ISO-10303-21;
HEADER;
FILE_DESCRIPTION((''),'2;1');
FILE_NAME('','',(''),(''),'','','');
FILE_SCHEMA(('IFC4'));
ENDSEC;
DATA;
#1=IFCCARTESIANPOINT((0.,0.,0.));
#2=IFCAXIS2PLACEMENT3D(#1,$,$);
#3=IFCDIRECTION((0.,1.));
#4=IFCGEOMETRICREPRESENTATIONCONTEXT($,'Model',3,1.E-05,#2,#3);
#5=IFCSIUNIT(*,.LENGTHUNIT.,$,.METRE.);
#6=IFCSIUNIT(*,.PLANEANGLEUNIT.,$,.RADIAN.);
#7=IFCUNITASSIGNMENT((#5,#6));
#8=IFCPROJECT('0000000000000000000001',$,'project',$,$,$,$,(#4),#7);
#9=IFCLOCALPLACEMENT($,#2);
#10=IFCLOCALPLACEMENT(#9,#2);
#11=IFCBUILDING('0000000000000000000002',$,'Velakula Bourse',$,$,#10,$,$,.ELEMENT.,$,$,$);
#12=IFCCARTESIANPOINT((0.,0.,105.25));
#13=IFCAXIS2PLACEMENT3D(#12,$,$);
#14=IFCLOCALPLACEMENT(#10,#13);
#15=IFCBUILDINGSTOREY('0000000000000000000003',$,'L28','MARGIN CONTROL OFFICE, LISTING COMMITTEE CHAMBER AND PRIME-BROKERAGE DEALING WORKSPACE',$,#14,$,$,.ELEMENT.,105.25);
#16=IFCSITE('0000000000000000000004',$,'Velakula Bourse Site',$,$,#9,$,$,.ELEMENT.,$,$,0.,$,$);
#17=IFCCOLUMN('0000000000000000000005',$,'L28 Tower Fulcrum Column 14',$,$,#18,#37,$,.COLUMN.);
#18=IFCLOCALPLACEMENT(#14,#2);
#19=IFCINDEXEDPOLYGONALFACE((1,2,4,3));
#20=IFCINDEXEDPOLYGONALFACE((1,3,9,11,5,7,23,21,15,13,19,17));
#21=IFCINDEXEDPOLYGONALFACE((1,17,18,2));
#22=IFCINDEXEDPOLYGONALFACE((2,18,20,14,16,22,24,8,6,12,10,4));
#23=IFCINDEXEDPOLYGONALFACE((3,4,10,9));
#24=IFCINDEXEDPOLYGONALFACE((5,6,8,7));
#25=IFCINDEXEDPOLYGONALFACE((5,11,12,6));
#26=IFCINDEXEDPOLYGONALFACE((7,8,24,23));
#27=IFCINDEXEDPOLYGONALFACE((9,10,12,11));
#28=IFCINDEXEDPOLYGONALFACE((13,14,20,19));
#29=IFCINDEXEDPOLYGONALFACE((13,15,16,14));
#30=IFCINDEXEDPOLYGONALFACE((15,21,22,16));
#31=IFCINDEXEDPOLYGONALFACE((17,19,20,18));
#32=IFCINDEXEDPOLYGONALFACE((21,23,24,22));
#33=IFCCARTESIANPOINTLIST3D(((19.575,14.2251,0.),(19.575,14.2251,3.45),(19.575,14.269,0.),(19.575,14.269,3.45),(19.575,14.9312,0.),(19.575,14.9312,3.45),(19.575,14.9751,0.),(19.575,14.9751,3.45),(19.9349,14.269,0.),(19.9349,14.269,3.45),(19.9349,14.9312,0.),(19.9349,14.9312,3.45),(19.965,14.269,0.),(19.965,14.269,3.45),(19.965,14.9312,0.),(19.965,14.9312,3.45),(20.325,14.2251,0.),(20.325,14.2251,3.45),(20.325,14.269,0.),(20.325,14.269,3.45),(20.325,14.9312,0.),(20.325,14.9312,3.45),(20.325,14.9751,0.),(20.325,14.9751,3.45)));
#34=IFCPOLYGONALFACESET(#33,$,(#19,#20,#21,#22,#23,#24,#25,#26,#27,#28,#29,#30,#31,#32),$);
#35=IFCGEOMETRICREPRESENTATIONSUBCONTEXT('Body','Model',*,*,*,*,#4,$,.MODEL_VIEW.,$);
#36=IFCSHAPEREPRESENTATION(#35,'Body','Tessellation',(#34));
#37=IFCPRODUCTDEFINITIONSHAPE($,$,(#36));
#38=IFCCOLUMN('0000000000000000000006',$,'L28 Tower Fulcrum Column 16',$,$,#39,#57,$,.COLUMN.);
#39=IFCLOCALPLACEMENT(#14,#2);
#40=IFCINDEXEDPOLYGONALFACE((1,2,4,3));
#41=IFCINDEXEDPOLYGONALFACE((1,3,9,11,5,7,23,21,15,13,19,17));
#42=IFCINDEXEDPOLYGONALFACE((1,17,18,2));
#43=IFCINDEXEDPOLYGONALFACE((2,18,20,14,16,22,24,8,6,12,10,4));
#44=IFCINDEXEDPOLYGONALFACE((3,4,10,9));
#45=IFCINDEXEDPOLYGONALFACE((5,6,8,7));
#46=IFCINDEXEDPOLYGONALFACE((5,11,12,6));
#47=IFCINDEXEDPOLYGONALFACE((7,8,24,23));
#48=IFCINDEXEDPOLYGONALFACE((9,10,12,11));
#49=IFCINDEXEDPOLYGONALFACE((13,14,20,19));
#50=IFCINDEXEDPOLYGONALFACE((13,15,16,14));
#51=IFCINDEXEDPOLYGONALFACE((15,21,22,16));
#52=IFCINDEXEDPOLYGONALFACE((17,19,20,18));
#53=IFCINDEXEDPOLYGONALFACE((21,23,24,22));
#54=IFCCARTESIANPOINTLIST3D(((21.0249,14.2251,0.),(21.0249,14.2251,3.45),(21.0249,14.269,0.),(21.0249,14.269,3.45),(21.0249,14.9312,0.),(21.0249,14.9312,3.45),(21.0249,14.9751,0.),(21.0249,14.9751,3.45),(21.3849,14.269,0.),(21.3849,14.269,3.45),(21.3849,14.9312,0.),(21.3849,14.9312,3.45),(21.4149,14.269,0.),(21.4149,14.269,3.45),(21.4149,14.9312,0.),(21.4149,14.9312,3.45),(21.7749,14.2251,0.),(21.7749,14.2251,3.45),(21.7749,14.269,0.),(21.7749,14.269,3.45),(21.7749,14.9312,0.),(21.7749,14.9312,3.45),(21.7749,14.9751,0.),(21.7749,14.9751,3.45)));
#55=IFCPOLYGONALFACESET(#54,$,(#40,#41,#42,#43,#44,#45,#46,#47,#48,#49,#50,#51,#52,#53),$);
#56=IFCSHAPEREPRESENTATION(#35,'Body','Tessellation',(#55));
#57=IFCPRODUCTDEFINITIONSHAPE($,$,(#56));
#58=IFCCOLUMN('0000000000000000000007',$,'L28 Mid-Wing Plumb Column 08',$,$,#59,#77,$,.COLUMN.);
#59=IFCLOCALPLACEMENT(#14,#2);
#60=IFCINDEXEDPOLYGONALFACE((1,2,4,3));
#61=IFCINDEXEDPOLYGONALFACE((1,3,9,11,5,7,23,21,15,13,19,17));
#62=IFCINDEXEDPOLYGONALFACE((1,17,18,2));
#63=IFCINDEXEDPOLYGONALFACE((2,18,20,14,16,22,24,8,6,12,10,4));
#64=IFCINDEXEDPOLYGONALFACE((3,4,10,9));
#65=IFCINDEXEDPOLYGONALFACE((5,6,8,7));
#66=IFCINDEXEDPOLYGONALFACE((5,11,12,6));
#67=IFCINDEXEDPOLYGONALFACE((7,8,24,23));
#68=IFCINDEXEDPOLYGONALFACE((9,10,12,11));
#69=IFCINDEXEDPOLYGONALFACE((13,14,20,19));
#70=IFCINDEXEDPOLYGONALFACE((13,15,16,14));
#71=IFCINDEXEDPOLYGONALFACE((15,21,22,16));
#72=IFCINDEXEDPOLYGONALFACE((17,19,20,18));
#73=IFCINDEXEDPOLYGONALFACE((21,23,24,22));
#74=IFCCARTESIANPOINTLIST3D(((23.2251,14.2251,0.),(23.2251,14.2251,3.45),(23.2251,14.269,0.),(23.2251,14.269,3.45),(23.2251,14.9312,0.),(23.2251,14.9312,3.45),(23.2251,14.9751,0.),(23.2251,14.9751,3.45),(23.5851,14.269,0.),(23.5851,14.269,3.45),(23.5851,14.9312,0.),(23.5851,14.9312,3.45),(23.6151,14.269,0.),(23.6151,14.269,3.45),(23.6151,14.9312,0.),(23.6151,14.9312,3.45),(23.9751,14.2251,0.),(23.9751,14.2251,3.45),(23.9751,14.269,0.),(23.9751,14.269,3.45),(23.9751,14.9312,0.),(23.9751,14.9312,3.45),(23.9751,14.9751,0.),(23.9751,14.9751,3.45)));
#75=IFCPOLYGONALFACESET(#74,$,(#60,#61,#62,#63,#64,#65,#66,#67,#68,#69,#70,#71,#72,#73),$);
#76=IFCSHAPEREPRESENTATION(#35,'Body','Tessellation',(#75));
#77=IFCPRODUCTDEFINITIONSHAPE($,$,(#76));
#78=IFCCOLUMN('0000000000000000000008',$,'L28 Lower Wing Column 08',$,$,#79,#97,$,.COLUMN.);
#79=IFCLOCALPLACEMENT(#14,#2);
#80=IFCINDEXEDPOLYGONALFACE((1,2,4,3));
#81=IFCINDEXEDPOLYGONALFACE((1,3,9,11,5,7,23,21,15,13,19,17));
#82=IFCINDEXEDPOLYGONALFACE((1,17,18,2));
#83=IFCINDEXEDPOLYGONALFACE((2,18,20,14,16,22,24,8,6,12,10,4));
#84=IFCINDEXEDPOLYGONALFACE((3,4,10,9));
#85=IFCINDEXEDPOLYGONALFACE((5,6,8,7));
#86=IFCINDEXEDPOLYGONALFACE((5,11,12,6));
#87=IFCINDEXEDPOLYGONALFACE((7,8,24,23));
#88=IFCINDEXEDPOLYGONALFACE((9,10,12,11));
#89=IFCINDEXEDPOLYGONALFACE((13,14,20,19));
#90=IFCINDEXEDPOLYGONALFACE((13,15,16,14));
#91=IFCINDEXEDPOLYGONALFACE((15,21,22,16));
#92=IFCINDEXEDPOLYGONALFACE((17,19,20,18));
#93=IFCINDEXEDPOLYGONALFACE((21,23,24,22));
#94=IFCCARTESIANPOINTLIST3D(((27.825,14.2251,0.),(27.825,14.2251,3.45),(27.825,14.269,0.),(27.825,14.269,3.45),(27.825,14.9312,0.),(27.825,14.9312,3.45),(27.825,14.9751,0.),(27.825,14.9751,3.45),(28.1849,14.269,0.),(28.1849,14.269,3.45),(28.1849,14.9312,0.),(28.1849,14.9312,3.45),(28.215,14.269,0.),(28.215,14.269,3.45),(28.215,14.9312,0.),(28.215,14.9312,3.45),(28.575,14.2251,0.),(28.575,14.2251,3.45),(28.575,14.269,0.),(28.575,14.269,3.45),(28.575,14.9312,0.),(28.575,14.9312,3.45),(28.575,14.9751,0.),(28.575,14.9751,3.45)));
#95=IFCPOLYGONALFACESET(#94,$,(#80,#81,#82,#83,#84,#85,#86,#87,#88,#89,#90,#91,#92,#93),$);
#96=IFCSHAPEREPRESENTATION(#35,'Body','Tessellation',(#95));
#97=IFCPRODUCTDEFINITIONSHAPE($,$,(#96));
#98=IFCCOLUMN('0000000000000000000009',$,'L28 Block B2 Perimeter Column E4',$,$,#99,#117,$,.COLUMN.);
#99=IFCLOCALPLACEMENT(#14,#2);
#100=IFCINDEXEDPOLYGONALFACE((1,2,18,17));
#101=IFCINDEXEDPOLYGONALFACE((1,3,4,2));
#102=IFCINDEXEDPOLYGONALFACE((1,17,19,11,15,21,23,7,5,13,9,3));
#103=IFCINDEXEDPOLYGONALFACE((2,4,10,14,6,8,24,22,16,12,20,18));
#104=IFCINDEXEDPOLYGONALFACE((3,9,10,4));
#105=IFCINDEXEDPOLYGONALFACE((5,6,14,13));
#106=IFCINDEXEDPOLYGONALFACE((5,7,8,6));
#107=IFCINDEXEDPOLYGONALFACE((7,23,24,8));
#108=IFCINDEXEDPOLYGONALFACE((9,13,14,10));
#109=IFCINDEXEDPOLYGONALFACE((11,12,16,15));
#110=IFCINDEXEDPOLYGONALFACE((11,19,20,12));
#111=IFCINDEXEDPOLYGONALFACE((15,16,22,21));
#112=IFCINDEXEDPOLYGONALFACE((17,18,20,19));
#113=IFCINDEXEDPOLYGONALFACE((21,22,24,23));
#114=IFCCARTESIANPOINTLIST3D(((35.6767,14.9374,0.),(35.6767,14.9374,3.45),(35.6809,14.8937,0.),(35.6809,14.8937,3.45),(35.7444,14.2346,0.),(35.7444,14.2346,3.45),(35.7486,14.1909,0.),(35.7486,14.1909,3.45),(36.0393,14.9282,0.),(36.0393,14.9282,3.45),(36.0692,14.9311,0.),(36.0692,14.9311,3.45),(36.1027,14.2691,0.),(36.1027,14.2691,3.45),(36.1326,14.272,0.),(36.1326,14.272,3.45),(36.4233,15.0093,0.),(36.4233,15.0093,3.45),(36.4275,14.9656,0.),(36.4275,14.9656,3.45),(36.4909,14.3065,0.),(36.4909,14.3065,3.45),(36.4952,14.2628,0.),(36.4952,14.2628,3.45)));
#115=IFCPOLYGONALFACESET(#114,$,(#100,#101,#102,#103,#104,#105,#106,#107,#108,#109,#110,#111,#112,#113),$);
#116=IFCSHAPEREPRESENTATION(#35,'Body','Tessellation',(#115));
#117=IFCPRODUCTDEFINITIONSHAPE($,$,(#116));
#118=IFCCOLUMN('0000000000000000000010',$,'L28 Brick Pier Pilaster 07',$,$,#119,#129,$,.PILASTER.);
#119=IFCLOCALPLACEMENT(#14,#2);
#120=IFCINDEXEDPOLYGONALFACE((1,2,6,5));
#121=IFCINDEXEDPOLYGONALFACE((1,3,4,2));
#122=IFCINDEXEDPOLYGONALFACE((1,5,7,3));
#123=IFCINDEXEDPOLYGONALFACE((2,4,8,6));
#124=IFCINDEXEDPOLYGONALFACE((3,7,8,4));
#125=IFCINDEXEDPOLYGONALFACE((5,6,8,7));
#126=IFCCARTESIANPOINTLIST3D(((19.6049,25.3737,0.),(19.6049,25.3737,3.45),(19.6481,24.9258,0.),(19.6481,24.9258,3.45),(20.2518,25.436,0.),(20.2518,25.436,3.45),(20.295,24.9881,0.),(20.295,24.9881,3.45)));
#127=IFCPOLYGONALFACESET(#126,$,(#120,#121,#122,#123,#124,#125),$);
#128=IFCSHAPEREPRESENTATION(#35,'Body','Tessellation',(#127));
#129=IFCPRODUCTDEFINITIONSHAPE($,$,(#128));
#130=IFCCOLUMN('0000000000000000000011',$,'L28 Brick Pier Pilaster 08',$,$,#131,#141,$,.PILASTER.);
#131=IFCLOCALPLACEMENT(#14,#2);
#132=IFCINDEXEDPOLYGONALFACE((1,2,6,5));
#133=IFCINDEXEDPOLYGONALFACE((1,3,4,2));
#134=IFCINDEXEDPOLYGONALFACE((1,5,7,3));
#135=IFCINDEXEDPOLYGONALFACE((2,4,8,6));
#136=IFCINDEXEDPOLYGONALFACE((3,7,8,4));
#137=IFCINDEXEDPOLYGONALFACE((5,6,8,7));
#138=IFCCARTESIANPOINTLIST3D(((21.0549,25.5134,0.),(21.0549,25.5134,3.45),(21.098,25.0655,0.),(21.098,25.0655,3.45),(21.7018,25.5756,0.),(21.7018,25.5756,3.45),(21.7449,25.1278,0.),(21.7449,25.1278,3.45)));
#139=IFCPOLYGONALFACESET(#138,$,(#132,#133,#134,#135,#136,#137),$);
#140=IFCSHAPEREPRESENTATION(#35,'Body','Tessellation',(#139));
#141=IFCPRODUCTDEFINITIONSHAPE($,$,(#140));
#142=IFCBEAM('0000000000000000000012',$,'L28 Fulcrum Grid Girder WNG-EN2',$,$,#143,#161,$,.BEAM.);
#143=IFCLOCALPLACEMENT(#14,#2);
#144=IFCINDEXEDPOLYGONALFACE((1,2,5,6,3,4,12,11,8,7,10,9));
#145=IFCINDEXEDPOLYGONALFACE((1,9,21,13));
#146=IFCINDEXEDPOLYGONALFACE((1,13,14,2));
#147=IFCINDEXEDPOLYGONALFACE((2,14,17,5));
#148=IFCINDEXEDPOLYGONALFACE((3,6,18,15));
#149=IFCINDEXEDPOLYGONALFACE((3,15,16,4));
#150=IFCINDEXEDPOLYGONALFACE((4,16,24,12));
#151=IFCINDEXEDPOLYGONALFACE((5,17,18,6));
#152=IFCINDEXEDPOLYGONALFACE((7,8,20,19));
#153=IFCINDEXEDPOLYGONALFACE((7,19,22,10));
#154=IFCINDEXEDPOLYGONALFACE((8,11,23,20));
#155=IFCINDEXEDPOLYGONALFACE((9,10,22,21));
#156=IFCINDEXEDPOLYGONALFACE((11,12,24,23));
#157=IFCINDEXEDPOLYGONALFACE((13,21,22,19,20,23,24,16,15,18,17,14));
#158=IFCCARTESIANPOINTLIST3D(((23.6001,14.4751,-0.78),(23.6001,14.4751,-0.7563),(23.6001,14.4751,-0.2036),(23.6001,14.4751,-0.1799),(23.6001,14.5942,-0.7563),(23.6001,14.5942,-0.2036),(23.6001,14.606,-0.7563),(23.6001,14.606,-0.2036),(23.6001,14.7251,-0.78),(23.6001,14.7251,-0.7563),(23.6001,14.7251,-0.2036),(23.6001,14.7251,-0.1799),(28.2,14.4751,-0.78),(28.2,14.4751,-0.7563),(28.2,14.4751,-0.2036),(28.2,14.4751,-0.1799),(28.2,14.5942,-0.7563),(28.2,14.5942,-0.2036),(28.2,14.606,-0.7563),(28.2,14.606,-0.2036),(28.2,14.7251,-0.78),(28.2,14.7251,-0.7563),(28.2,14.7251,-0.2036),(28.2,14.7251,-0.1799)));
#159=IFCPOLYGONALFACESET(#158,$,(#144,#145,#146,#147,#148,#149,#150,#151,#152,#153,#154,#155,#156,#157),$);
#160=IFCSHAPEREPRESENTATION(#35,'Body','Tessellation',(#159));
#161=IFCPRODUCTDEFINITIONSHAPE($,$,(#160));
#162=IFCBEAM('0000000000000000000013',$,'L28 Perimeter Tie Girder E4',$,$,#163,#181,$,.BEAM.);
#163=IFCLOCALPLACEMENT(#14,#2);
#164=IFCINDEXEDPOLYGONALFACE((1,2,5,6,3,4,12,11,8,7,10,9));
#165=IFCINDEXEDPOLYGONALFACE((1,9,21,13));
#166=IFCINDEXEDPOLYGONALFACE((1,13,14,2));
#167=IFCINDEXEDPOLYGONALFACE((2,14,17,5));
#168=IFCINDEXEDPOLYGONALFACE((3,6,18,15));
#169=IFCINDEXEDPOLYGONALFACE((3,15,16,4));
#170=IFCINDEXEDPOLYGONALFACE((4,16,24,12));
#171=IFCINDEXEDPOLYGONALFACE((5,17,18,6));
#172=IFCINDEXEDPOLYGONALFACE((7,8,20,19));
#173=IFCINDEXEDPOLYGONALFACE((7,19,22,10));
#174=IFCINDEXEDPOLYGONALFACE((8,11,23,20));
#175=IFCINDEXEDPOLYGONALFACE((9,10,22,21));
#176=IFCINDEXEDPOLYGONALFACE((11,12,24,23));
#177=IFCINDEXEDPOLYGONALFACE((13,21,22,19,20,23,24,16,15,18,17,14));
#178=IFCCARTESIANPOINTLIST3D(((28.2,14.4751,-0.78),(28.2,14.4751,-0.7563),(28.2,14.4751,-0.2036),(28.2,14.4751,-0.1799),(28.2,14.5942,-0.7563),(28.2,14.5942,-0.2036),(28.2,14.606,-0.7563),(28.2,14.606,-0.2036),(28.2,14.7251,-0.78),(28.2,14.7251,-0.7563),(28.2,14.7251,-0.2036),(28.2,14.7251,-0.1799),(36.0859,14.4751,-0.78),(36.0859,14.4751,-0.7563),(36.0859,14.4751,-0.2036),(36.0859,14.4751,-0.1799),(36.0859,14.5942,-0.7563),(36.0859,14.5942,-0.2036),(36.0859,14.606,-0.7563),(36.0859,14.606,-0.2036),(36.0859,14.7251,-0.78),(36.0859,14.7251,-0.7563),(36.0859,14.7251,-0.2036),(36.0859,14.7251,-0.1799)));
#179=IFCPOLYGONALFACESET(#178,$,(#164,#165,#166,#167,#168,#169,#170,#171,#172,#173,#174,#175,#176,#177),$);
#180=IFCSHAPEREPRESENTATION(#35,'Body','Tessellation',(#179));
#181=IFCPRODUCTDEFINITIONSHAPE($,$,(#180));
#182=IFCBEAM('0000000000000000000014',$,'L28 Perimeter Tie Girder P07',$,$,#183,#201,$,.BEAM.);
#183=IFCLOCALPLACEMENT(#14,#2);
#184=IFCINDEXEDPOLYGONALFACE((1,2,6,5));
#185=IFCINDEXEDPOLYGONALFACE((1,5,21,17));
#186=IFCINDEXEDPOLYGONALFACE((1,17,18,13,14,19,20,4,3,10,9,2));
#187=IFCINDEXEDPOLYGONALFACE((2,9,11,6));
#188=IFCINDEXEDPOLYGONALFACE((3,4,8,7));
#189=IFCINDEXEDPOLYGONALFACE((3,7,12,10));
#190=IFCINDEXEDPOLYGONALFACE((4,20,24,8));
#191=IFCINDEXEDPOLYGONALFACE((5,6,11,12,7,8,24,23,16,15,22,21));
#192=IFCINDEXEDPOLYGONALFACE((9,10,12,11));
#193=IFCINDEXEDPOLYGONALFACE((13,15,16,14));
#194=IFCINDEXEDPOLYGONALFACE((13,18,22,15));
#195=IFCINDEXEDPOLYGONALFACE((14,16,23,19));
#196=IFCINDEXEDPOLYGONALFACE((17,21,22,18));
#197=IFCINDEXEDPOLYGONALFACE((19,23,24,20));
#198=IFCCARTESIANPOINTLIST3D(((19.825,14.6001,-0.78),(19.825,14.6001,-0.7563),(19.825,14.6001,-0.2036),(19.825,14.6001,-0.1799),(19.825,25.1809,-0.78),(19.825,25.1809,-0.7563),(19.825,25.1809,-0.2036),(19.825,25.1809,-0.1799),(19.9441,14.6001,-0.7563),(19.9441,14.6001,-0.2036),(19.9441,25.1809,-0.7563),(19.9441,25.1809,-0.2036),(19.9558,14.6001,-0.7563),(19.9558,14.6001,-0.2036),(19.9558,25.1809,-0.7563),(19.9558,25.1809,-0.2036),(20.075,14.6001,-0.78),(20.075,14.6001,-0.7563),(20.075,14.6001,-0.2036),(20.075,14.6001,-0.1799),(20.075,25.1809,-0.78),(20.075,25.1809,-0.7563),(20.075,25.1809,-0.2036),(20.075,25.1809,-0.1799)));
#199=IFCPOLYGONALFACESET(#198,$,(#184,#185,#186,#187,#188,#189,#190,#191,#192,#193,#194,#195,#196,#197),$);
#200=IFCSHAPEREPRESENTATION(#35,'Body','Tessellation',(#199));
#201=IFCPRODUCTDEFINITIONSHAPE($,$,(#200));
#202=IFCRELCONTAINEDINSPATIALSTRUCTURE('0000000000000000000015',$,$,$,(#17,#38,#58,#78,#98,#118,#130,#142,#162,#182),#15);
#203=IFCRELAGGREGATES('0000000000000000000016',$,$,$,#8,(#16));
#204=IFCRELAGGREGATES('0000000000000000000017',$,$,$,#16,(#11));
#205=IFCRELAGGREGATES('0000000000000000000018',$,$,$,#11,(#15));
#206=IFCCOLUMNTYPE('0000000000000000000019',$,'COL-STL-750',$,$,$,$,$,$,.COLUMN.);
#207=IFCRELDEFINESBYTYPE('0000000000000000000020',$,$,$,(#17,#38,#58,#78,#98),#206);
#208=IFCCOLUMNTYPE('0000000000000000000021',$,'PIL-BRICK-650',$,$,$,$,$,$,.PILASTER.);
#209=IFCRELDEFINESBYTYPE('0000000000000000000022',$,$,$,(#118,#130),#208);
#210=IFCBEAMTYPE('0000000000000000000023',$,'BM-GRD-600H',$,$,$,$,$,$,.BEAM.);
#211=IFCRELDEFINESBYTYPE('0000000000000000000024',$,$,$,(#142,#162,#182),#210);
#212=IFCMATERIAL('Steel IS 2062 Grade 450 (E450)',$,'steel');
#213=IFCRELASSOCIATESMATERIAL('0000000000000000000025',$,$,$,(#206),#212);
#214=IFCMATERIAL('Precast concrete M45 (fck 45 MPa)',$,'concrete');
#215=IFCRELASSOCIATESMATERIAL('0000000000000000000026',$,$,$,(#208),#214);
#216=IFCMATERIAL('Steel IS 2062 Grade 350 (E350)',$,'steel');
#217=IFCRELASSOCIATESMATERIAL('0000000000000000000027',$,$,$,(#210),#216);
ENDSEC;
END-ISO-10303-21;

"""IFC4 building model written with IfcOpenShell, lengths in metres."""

from ifc_helpers import new_model, si_unit, direction, frame, origin, origin_2d, place, context, subcontext, project, spatial, rectangle, i_section, extrude, material, material_profile, profile_set, type_object, element, save


model = new_model("IFC4")

# Units and contexts
model_context = context("Model", 3, precision=1e-05, world=origin(), true_north=direction((0.0, 1.0)))
body_context = subcontext(model_context, "Body", "Model", "MODEL_VIEW")
ifc_project = project(units=[si_unit("LENGTHUNIT", "METRE"), si_unit("PLANEANGLEUNIT", "RADIAN")], contexts=[model_context])

# Site, building, storey
site_placement = place(None, origin())
site = spatial("IfcSite", under=ifc_project, at=site_placement, Name="Velakula Bourse Site", CompositionType="ELEMENT", RefElevation=0.0)
building_placement = place(site_placement, origin())
building = spatial("IfcBuilding", under=site, at=building_placement, Name="Velakula Bourse", CompositionType="ELEMENT")
storey_placement = place(building_placement, frame((0.0, 0.0, 105.25)))
storey = spatial("IfcBuildingStorey", under=building, at=storey_placement, Name="L28", Description="MARGIN CONTROL OFFICE, LISTING COMMITTEE CHAMBER AND PRIME-BROKERAGE DEALING WORKSPACE", CompositionType="ELEMENT", Elevation=105.25)

# Columns
ifc_material_1 = material(Name="Steel IS 2062 Grade 450 (E450)", Category="steel")
ifc_material_profile_1 = material_profile(ifc_material_1, i_section(OverallWidth=0.75, OverallDepth=0.75, WebThickness=0.03, FlangeThickness=0.0439, at=origin_2d()), Name="Steel IS 2062 Grade 450 (E450)")
ifc_profile_set_1 = profile_set([ifc_material_profile_1], Name="Steel IS 2062 Grade 450 (E450)")
column_type_1 = type_object("IfcColumnType", Name="COL-STL-750", PredefinedType="COLUMN", material=ifc_profile_set_1)
for number, where, z_axis, x_axis, name in (
    (1, (19.95, 14.6001, 0.0), (0.0, 0.0, 1.0), (1.0, 0.0, 0.0), "L28 Tower Fulcrum Column 14"),
    (2, (21.3999, 14.6001, 0.0), (0.0, 0.0, 1.0), (1.0, 0.0, 0.0), "L28 Tower Fulcrum Column 16"),
    (3, (23.6001, 14.6001, 0.0), (0.0, 0.0, 1.0), (1.0, 0.0, 0.0), "L28 Mid-Wing Plumb Column 08"),
    (4, (28.2, 14.6001, 0.0), (0.0, 0.0, 1.0), (1.0, 0.0, 0.0), "L28 Lower Wing Column 08"),
    (5, (36.0859, 14.6001, 0.0), (0.0, 0.0, 1.0), (0.995396, 0.095846, 0.0), "L28 Block B2 Perimeter Column E4"),
):
    element("IfcColumn", number, at=place(storey_placement, frame(where, z_axis=z_axis, x_axis=x_axis)), inside=storey, type_object=column_type_1, Name=name, PredefinedType="COLUMN", context=body_context, shape_type="SweptSolid", body=[
        extrude(i_section(OverallWidth=0.75, OverallDepth=0.75, WebThickness=0.03, FlangeThickness=0.0439, at=origin_2d()), origin(), (0.0, 0.0, 1.0), 3.45),
    ])
ifc_material_2 = material(Name="Precast concrete M45 (fck 45 MPa)", Category="concrete")
ifc_material_profile_2 = material_profile(ifc_material_2, rectangle(XDim=0.6499, YDim=0.45, at=origin_2d()), Name="Precast concrete M45 (fck 45 MPa)")
ifc_profile_set_2 = profile_set([ifc_material_profile_2], Name="Precast concrete M45 (fck 45 MPa)")
column_type_2 = type_object("IfcColumnType", Name="PIL-BRICK-650", PredefinedType="PILASTER", material=ifc_profile_set_2)
for number, where, z_axis, x_axis, name in (
    (6, (19.95, 25.1809, 0.0), (0.0, 0.0, 1.0), (0.995396, 0.095846, 0.0), "L28 Brick Pier Pilaster 07"),
    (7, (21.3999, 25.3206, 0.0), (0.0, 0.0, 1.0), (0.995396, 0.095846, 0.0), "L28 Brick Pier Pilaster 08"),
):
    element("IfcColumn", number, at=place(storey_placement, frame(where, z_axis=z_axis, x_axis=x_axis)), inside=storey, type_object=column_type_2, Name=name, PredefinedType="PILASTER", context=body_context, shape_type="SweptSolid", body=[
        extrude(rectangle(XDim=0.6499, YDim=0.45, at=origin_2d()), origin(), (0.0, 0.0, 1.0), 3.45),
    ])

# Beams
ifc_material_3 = material(Name="Steel IS 2062 Grade 350 (E350)", Category="steel")
ifc_material_profile_3 = material_profile(ifc_material_3, i_section(OverallWidth=0.25, OverallDepth=0.6001, WebThickness=0.0117, FlangeThickness=0.0237, at=origin_2d()), Name="Steel IS 2062 Grade 350 (E350)")
ifc_profile_set_3 = profile_set([ifc_material_profile_3], Name="Steel IS 2062 Grade 350 (E350)")
beam_type_1 = type_object("IfcBeamType", Name="BM-GRD-600H", PredefinedType="BEAM", material=ifc_profile_set_3)
beam_1_placement = place(storey_placement, frame((23.6001, 14.6001, -0.48), z_axis=(1.0, 0.0, 0.0), x_axis=(0.0, 1.0, 0.0)))
element("IfcBeam", 8, at=beam_1_placement, inside=storey, type_object=beam_type_1, Name="L28 Fulcrum Grid Girder WNG-EN2", PredefinedType="BEAM", context=body_context, shape_type="SweptSolid", body=[
    extrude(i_section(OverallWidth=0.25, OverallDepth=0.6001, WebThickness=0.0117, FlangeThickness=0.0237, at=origin_2d()), origin(), (0.0, 0.0, 1.0), 4.5999),
])
beam_2_placement = place(storey_placement, frame((28.2, 14.6001, -0.48), z_axis=(1.0, 0.0, 0.0), x_axis=(0.0, 1.0, 0.0)))
element("IfcBeam", 9, at=beam_2_placement, inside=storey, type_object=beam_type_1, Name="L28 Perimeter Tie Girder E4", PredefinedType="BEAM", context=body_context, shape_type="SweptSolid", body=[
    extrude(i_section(OverallWidth=0.25, OverallDepth=0.6001, WebThickness=0.0117, FlangeThickness=0.0237, at=origin_2d()), origin(), (0.0, 0.0, 1.0), 7.886),
])
beam_3_placement = place(storey_placement, frame((19.95, 14.6001, -0.48), z_axis=(0.0, 1.0, 0.0), x_axis=(-1.0, 0.0, 0.0)))
element("IfcBeam", 10, at=beam_3_placement, inside=storey, type_object=beam_type_1, Name="L28 Perimeter Tie Girder P07", PredefinedType="BEAM", context=body_context, shape_type="SweptSolid", body=[
    extrude(i_section(OverallWidth=0.25, OverallDepth=0.6001, WebThickness=0.0117, FlangeThickness=0.0237, at=origin_2d()), origin(), (0.0, 0.0, 1.0), 10.5808),
])

save(model, "model.ifc")
